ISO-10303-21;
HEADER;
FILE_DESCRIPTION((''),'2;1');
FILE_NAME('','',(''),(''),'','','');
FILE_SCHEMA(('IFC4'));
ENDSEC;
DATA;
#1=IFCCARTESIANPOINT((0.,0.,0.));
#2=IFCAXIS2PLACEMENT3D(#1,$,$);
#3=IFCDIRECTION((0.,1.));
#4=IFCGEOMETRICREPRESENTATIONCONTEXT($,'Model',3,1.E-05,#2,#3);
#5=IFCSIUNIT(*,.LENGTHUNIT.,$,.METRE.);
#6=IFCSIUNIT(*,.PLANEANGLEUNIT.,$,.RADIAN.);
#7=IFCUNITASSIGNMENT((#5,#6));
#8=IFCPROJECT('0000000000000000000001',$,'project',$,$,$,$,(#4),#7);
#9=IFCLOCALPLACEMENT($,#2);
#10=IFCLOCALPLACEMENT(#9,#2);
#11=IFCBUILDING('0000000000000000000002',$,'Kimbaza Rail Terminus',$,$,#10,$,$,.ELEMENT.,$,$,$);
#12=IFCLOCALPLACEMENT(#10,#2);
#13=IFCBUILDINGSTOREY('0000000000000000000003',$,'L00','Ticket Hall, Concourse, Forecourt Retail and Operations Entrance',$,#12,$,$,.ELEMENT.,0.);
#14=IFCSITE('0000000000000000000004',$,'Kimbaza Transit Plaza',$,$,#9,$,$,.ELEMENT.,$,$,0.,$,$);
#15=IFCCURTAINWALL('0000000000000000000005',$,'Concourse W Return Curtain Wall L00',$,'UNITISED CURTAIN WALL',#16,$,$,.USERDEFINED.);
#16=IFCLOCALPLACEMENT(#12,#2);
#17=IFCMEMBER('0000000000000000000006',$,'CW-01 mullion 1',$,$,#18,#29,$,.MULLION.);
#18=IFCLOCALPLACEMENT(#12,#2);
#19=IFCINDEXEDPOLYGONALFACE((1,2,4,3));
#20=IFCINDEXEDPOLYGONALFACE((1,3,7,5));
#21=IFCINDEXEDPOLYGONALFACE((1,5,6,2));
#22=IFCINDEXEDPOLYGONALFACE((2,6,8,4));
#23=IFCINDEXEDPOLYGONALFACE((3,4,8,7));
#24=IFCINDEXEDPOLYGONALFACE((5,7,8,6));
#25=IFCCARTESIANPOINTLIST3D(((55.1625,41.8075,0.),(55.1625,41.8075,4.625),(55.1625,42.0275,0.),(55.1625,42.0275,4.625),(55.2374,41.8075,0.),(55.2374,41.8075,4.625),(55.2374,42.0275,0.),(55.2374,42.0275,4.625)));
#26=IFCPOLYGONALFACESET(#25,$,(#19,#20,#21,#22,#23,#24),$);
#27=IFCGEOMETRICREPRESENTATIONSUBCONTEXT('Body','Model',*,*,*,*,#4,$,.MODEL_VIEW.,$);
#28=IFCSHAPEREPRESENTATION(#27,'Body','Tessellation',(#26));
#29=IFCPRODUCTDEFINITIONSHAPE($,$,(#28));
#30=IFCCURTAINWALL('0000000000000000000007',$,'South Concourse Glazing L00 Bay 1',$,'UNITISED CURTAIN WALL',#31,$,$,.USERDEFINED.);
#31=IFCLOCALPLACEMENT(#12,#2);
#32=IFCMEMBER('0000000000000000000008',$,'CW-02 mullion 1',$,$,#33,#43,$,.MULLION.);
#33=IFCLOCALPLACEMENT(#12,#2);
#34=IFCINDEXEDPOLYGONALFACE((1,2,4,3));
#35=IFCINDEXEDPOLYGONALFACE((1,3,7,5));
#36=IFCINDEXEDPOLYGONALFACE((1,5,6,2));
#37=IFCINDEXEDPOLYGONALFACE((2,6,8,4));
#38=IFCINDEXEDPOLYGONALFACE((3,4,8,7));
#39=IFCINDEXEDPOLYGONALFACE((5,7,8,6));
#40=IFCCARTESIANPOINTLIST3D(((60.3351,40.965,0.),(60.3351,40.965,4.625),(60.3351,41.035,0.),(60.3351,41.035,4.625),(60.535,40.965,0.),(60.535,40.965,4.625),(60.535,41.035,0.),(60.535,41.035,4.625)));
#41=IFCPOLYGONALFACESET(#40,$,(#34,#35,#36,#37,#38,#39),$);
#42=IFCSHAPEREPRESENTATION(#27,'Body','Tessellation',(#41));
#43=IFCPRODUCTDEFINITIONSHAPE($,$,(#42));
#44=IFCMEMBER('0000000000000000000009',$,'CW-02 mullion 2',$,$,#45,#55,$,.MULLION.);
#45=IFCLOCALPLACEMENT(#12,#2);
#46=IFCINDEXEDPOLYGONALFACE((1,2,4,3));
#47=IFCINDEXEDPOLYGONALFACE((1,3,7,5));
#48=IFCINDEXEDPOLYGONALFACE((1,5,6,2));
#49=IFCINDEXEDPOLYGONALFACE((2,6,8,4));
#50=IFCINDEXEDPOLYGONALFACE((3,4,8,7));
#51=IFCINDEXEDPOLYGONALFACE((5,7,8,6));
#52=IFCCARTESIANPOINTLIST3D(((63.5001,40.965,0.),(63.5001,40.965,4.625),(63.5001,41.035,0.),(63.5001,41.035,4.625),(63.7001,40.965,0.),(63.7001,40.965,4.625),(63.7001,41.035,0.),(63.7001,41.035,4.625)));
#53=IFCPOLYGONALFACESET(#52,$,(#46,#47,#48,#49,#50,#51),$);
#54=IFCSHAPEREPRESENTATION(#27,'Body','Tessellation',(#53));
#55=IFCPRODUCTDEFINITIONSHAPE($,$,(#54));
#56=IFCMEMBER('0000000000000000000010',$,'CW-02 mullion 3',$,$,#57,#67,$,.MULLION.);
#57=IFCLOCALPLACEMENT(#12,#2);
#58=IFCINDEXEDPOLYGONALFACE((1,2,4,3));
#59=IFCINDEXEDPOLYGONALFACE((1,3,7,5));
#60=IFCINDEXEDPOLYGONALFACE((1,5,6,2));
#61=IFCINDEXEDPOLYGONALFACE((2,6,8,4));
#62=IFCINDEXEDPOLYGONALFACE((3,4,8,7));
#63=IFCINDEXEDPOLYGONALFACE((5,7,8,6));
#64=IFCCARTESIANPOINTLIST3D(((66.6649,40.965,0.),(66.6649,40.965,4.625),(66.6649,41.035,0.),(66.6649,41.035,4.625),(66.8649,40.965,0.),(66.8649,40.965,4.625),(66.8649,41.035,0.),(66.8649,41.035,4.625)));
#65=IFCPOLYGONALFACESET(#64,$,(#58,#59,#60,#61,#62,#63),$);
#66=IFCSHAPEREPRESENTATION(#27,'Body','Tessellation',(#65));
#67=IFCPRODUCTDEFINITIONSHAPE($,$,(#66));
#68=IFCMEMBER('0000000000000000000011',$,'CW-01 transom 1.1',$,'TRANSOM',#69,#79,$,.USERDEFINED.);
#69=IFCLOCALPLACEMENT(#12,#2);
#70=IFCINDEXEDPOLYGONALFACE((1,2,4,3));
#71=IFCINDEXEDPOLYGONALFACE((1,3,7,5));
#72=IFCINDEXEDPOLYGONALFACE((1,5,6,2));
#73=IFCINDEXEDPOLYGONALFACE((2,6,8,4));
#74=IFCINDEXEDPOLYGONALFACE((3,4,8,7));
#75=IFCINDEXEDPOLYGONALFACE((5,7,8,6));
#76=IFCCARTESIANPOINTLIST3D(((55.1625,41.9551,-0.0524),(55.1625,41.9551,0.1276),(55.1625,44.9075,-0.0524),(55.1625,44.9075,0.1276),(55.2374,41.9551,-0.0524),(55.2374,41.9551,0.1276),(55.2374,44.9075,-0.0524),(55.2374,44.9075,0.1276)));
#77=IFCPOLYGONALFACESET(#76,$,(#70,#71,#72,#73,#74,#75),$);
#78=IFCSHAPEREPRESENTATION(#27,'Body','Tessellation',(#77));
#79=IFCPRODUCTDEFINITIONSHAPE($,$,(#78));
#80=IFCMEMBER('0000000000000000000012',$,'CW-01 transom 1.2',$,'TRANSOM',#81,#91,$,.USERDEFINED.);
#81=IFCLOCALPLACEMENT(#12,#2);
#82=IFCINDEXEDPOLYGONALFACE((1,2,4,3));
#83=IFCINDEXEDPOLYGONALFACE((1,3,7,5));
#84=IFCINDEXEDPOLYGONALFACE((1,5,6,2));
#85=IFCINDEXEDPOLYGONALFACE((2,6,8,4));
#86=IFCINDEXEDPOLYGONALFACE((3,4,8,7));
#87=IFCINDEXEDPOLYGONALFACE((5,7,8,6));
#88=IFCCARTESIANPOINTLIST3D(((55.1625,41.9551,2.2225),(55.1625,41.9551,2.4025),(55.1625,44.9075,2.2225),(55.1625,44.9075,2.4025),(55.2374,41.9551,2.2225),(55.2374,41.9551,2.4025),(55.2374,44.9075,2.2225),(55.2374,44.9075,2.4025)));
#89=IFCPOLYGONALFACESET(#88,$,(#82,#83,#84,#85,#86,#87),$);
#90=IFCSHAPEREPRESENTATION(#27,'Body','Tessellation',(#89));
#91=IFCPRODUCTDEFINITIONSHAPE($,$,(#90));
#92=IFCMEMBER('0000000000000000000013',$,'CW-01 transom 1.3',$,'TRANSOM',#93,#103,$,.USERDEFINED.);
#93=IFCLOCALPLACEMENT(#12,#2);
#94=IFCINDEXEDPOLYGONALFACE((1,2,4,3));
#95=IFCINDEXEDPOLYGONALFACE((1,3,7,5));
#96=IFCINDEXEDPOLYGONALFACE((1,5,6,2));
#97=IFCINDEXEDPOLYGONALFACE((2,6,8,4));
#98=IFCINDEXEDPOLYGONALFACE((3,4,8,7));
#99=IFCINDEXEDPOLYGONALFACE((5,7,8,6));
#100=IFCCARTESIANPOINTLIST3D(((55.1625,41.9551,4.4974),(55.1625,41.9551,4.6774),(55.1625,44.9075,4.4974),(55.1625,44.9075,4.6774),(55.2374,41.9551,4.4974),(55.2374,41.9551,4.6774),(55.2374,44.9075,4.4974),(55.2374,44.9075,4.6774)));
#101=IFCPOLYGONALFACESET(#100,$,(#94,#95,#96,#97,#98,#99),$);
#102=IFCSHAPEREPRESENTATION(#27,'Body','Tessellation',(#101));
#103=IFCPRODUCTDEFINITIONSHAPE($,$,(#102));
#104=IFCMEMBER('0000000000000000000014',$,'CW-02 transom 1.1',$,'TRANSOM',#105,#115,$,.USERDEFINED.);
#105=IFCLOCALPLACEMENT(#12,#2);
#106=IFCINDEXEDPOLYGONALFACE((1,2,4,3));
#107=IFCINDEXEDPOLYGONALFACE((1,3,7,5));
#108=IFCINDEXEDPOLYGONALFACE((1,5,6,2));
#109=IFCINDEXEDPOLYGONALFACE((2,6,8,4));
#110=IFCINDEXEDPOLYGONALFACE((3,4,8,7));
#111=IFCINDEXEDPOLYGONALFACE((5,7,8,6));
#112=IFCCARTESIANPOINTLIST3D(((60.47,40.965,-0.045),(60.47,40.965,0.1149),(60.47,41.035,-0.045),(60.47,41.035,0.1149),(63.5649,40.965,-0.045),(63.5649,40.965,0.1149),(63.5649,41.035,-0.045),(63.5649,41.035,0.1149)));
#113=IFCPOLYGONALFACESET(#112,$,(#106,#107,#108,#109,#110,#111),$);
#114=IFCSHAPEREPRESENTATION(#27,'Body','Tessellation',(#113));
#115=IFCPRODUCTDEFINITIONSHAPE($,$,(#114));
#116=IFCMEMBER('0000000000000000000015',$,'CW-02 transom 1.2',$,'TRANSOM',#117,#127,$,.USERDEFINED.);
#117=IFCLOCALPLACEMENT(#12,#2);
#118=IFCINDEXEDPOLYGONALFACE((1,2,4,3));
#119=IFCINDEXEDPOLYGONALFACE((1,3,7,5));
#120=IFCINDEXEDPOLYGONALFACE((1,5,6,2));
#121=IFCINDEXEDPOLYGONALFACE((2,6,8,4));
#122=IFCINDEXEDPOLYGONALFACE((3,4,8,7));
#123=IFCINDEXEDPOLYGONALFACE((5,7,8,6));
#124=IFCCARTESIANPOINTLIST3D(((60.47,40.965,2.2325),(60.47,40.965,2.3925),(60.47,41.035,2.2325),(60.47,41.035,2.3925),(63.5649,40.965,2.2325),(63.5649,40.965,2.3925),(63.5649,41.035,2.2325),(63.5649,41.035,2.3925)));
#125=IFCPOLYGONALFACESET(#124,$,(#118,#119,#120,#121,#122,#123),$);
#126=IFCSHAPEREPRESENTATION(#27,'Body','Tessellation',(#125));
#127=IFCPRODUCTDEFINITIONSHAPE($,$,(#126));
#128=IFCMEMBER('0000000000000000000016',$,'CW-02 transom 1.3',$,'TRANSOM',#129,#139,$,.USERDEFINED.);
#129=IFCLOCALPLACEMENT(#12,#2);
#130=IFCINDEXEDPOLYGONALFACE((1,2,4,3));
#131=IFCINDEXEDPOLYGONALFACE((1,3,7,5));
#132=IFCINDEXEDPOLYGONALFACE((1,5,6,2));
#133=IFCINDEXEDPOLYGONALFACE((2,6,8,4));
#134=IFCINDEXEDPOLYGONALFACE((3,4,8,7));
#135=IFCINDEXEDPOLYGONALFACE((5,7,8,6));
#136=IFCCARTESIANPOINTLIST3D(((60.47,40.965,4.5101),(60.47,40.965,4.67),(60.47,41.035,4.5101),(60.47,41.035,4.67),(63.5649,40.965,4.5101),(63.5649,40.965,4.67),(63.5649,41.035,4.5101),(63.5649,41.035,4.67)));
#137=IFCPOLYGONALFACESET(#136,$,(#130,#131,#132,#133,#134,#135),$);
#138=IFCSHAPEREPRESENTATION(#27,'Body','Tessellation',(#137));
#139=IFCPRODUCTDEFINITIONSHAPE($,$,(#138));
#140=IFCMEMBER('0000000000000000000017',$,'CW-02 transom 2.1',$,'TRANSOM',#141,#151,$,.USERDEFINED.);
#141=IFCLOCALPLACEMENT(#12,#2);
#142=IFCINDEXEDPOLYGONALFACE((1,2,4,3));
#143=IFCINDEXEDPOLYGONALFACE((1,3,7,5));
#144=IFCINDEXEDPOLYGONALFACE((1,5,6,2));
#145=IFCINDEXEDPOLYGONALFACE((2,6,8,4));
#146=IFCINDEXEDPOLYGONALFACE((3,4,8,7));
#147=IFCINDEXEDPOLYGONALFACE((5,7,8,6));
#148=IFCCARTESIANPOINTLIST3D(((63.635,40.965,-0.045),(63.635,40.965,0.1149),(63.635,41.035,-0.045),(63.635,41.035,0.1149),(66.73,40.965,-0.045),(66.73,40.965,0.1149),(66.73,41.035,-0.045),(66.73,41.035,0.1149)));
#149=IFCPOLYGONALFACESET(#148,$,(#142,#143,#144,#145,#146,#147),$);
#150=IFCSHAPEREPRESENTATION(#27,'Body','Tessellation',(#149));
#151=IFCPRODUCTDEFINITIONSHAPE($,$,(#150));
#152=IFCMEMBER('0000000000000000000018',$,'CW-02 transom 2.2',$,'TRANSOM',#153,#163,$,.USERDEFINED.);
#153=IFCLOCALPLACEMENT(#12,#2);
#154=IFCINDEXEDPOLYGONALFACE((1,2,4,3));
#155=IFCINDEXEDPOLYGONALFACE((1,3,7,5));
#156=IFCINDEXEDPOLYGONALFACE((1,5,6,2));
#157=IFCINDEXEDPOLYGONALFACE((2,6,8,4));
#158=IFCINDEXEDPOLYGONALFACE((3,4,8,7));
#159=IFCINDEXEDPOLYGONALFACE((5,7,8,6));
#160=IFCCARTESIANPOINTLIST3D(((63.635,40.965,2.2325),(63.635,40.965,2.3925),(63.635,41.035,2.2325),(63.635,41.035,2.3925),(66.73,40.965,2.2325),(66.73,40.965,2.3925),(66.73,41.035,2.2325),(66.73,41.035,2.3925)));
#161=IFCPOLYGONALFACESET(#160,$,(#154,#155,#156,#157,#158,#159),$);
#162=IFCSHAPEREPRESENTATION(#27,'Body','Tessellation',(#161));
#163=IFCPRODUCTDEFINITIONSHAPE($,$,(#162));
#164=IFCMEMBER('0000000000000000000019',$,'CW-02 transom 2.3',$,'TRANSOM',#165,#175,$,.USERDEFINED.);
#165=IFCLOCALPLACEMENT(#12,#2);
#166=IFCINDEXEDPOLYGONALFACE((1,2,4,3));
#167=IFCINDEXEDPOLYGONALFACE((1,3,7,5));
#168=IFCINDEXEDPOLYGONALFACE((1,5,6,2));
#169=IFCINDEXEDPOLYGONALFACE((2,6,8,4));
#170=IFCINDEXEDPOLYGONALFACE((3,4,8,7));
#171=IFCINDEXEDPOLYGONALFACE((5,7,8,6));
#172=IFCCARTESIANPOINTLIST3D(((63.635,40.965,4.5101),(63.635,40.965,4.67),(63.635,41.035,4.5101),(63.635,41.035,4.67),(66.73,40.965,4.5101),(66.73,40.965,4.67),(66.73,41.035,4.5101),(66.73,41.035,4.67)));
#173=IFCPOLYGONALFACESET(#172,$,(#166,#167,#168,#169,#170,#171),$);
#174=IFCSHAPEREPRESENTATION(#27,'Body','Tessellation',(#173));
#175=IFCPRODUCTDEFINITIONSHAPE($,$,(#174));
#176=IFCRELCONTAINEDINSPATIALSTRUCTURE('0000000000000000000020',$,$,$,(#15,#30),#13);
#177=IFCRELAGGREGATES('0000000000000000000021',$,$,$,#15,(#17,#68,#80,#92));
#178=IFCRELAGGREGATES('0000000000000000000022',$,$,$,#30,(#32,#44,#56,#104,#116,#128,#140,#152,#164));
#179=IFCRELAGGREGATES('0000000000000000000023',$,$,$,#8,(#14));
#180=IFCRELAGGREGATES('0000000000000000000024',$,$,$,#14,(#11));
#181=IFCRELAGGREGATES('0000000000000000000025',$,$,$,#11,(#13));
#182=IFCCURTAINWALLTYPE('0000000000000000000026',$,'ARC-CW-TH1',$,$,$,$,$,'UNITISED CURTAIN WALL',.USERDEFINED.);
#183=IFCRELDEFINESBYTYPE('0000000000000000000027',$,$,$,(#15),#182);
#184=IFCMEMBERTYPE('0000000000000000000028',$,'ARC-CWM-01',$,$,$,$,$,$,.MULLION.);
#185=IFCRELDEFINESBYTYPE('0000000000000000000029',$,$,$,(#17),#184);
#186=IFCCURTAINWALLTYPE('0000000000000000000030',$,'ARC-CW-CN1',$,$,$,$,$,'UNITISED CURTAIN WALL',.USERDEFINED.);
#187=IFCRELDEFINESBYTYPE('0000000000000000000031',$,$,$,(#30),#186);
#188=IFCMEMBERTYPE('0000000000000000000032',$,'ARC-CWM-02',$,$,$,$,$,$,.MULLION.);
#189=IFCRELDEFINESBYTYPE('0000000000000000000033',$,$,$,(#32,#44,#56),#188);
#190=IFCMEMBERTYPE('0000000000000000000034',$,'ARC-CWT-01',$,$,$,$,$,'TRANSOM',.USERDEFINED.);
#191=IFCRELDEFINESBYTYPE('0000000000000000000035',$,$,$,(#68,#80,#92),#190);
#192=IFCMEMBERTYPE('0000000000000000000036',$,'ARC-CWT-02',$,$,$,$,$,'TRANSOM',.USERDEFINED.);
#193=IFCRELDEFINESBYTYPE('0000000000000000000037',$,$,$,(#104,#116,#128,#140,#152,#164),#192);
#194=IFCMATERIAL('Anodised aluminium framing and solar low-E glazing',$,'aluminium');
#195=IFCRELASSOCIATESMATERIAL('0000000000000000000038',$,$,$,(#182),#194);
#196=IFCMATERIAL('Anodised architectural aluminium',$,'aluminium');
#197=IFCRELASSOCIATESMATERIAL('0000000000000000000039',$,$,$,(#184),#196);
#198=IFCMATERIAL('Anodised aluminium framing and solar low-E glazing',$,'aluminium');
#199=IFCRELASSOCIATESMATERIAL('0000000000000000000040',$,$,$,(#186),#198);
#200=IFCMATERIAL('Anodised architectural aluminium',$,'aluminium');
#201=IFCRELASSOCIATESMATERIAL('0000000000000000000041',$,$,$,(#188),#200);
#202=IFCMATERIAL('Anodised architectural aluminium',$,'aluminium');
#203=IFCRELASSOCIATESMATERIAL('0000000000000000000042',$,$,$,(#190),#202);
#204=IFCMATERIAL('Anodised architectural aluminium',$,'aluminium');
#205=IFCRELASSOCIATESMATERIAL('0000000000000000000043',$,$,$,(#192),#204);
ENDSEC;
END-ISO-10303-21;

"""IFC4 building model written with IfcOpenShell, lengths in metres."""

from ifc_helpers import new_model, si_unit, direction, frame, origin, origin_2d, place, context, subcontext, project, spatial, rectangle, extrude, material, material_profile, profile_set, type_object, element, aggregate, save


model = new_model("IFC4")

# Units and contexts
model_context = context("Model", 3, precision=1e-05, world=origin(), true_north=direction((0.0, 1.0)))
body_context = subcontext(model_context, "Body", "Model", "MODEL_VIEW")
ifc_project = project(units=[si_unit("LENGTHUNIT", "METRE"), si_unit("PLANEANGLEUNIT", "RADIAN")], contexts=[model_context])

# Site, building, storey
site_placement = place(None, origin())
site = spatial("IfcSite", under=ifc_project, at=site_placement, Name="Kimbaza Transit Plaza", CompositionType="ELEMENT", RefElevation=0.0)
building_placement = place(site_placement, origin())
building = spatial("IfcBuilding", under=site, at=building_placement, Name="Kimbaza Rail Terminus", CompositionType="ELEMENT")
storey_placement = place(building_placement, origin())
storey = spatial("IfcBuildingStorey", under=building, at=storey_placement, Name="L00", Description="Ticket Hall, Concourse, Forecourt Retail and Operations Entrance", CompositionType="ELEMENT", Elevation=0.0)

# Curtain wall, member
ifc_material_1 = material(Name="Anodised aluminium framing and solar low-E glazing", Category="aluminium")
curtain_wall_type_1 = type_object("IfcCurtainWallType", Name="ARC-CW-TH1", ElementType="UNITISED CURTAIN WALL", PredefinedType="USERDEFINED", material=ifc_material_1)
curtain_wall_1_placement = place(storey_placement, origin())
curtain_wall_1 = element("IfcCurtainWall", 1, at=curtain_wall_1_placement, inside=storey, type_object=curtain_wall_type_1, Name="Concourse W Return Curtain Wall L00", ObjectType="UNITISED CURTAIN WALL", PredefinedType="USERDEFINED")
ifc_material_2 = material(Name="Anodised architectural aluminium", Category="aluminium")
ifc_material_profile_1 = material_profile(ifc_material_2, rectangle(XDim=0.075, YDim=0.22, at=origin_2d()), Name="MULLION 75x220")
ifc_profile_set_1 = profile_set([ifc_material_profile_1], Name="Anodised architectural aluminium")
member_type_1 = type_object("IfcMemberType", Name="ARC-CWM-01", PredefinedType="MULLION", material=ifc_profile_set_1)
member_1_placement = place(storey_placement, frame((55.2, 41.9175, 0.0), z_axis=(0.0, 0.0, 1.0), x_axis=(-1.0, 0.0, 0.0)))
member_1 = element("IfcMember", 2, at=member_1_placement, type_object=member_type_1, Name="CW-01 mullion 1", PredefinedType="MULLION", context=body_context, shape_type="SweptSolid", body=[
    extrude(rectangle(XDim=0.075, YDim=0.22, at=origin_2d()), origin(), (0.0, 0.0, 1.0), 4.625),
])

# Curtain wall, members
ifc_material_3 = material(Name="Anodised aluminium framing and solar low-E glazing", Category="aluminium")
curtain_wall_type_2 = type_object("IfcCurtainWallType", Name="ARC-CW-CN1", ElementType="UNITISED CURTAIN WALL", PredefinedType="USERDEFINED", material=ifc_material_3)
curtain_wall_2_placement = place(storey_placement, origin())
curtain_wall_2 = element("IfcCurtainWall", 3, at=curtain_wall_2_placement, inside=storey, type_object=curtain_wall_type_2, Name="South Concourse Glazing L00 Bay 1", ObjectType="UNITISED CURTAIN WALL", PredefinedType="USERDEFINED")
ifc_material_4 = material(Name="Anodised architectural aluminium", Category="aluminium")
ifc_material_profile_2 = material_profile(ifc_material_4, rectangle(XDim=0.0701, YDim=0.2, at=origin_2d()), Name="MULLION 70x200")
ifc_profile_set_2 = profile_set([ifc_material_profile_2], Name="Anodised architectural aluminium")
member_type_2 = type_object("IfcMemberType", Name="ARC-CWM-02", PredefinedType="MULLION", material=ifc_profile_set_2)
member_2_placement = place(storey_placement, frame((60.4351, 41.0, 0.0), z_axis=(0.0, 0.0, 1.0), x_axis=(0.0, 1.0, 0.0)))
member_2 = element("IfcMember", 4, at=member_2_placement, type_object=member_type_2, Name="CW-02 mullion 1", PredefinedType="MULLION", context=body_context, shape_type="SweptSolid", body=[
    extrude(rectangle(XDim=0.0701, YDim=0.2, at=origin_2d()), origin(), (0.0, 0.0, 1.0), 4.625),
])
member_3_placement = place(storey_placement, frame((63.6001, 41.0, 0.0), z_axis=(0.0, 0.0, 1.0), x_axis=(0.0, 1.0, 0.0)))
member_3 = element("IfcMember", 5, at=member_3_placement, type_object=member_type_2, Name="CW-02 mullion 2", PredefinedType="MULLION", context=body_context, shape_type="SweptSolid", body=[
    extrude(rectangle(XDim=0.0701, YDim=0.2, at=origin_2d()), origin(), (0.0, 0.0, 1.0), 4.625),
])
member_4_placement = place(storey_placement, frame((66.7649, 41.0, 0.0), z_axis=(0.0, 0.0, 1.0), x_axis=(0.0, 1.0, 0.0)))
member_4 = element("IfcMember", 6, at=member_4_placement, type_object=member_type_2, Name="CW-02 mullion 3", PredefinedType="MULLION", context=body_context, shape_type="SweptSolid", body=[
    extrude(rectangle(XDim=0.0701, YDim=0.2, at=origin_2d()), origin(), (0.0, 0.0, 1.0), 4.625),
])

# Members
ifc_material_5 = material(Name="Anodised architectural aluminium", Category="aluminium")
ifc_material_profile_3 = material_profile(ifc_material_5, rectangle(XDim=0.075, YDim=0.1799, at=origin_2d()), Name="TRANSOM 75x180")
ifc_profile_set_3 = profile_set([ifc_material_profile_3], Name="Anodised architectural aluminium")
member_type_3 = type_object("IfcMemberType", Name="ARC-CWT-01", ElementType="TRANSOM", PredefinedType="USERDEFINED", material=ifc_profile_set_3)
member_5_placement = place(storey_placement, frame((55.2, 41.9551, 0.0376), z_axis=(0.0, 1.0, 0.0), x_axis=(-1.0, 0.0, 0.0)))
member_5 = element("IfcMember", 7, at=member_5_placement, type_object=member_type_3, Name="CW-01 transom 1.1", ObjectType="TRANSOM", PredefinedType="USERDEFINED", context=body_context, shape_type="SweptSolid", body=[
    extrude(rectangle(XDim=0.075, YDim=0.1799, at=origin_2d()), origin(), (0.0, 0.0, 1.0), 2.9524),
])
member_6_placement = place(storey_placement, frame((55.2, 41.9551, 2.3125), z_axis=(0.0, 1.0, 0.0), x_axis=(-1.0, 0.0, 0.0)))
member_6 = element("IfcMember", 8, at=member_6_placement, type_object=member_type_3, Name="CW-01 transom 1.2", ObjectType="TRANSOM", PredefinedType="USERDEFINED", context=body_context, shape_type="SweptSolid", body=[
    extrude(rectangle(XDim=0.075, YDim=0.1799, at=origin_2d()), origin(), (0.0, 0.0, 1.0), 2.9524),
])
member_7_placement = place(storey_placement, frame((55.2, 41.9551, 4.5874), z_axis=(0.0, 1.0, 0.0), x_axis=(-1.0, 0.0, 0.0)))
member_7 = element("IfcMember", 9, at=member_7_placement, type_object=member_type_3, Name="CW-01 transom 1.3", ObjectType="TRANSOM", PredefinedType="USERDEFINED", context=body_context, shape_type="SweptSolid", body=[
    extrude(rectangle(XDim=0.075, YDim=0.1799, at=origin_2d()), origin(), (0.0, 0.0, 1.0), 2.9524),
])
ifc_material_6 = material(Name="Anodised architectural aluminium", Category="aluminium")
ifc_material_profile_4 = material_profile(ifc_material_6, rectangle(XDim=0.0701, YDim=0.1599, at=origin_2d()), Name="TRANSOM 70x160")
ifc_profile_set_4 = profile_set([ifc_material_profile_4], Name="Anodised architectural aluminium")
member_type_4 = type_object("IfcMemberType", Name="ARC-CWT-02", ElementType="TRANSOM", PredefinedType="USERDEFINED", material=ifc_profile_set_4)
member_8_placement = place(storey_placement, frame((60.47, 41.0, 0.0349), z_axis=(1.0, 0.0, 0.0), x_axis=(0.0, 1.0, 0.0)))
member_8 = element("IfcMember", 10, at=member_8_placement, type_object=member_type_4, Name="CW-02 transom 1.1", ObjectType="TRANSOM", PredefinedType="USERDEFINED", context=body_context, shape_type="SweptSolid", body=[
    extrude(rectangle(XDim=0.0701, YDim=0.1599, at=origin_2d()), origin(), (0.0, 0.0, 1.0), 3.095),
])
member_9_placement = place(storey_placement, frame((60.47, 41.0, 2.3125), z_axis=(1.0, 0.0, 0.0), x_axis=(0.0, 1.0, 0.0)))
member_9 = element("IfcMember", 11, at=member_9_placement, type_object=member_type_4, Name="CW-02 transom 1.2", ObjectType="TRANSOM", PredefinedType="USERDEFINED", context=body_context, shape_type="SweptSolid", body=[
    extrude(rectangle(XDim=0.0701, YDim=0.1599, at=origin_2d()), origin(), (0.0, 0.0, 1.0), 3.095),
])
member_10_placement = place(storey_placement, frame((60.47, 41.0, 4.5901), z_axis=(1.0, 0.0, 0.0), x_axis=(0.0, 1.0, 0.0)))
member_10 = element("IfcMember", 12, at=member_10_placement, type_object=member_type_4, Name="CW-02 transom 1.3", ObjectType="TRANSOM", PredefinedType="USERDEFINED", context=body_context, shape_type="SweptSolid", body=[
    extrude(rectangle(XDim=0.0701, YDim=0.1599, at=origin_2d()), origin(), (0.0, 0.0, 1.0), 3.095),
])
member_11_placement = place(storey_placement, frame((63.635, 41.0, 0.0349), z_axis=(1.0, 0.0, 0.0), x_axis=(0.0, 1.0, 0.0)))
member_11 = element("IfcMember", 13, at=member_11_placement, type_object=member_type_4, Name="CW-02 transom 2.1", ObjectType="TRANSOM", PredefinedType="USERDEFINED", context=body_context, shape_type="SweptSolid", body=[
    extrude(rectangle(XDim=0.0701, YDim=0.1599, at=origin_2d()), origin(), (0.0, 0.0, 1.0), 3.095),
])
member_12_placement = place(storey_placement, frame((63.635, 41.0, 2.3125), z_axis=(1.0, 0.0, 0.0), x_axis=(0.0, 1.0, 0.0)))
member_12 = element("IfcMember", 14, at=member_12_placement, type_object=member_type_4, Name="CW-02 transom 2.2", ObjectType="TRANSOM", PredefinedType="USERDEFINED", context=body_context, shape_type="SweptSolid", body=[
    extrude(rectangle(XDim=0.0701, YDim=0.1599, at=origin_2d()), origin(), (0.0, 0.0, 1.0), 3.095),
])
member_13_placement = place(storey_placement, frame((63.635, 41.0, 4.5901), z_axis=(1.0, 0.0, 0.0), x_axis=(0.0, 1.0, 0.0)))
member_13 = element("IfcMember", 15, at=member_13_placement, type_object=member_type_4, Name="CW-02 transom 2.3", ObjectType="TRANSOM", PredefinedType="USERDEFINED", context=body_context, shape_type="SweptSolid", body=[
    extrude(rectangle(XDim=0.0701, YDim=0.1599, at=origin_2d()), origin(), (0.0, 0.0, 1.0), 3.095),
])

aggregate(curtain_wall_1, [member_1, member_5, member_6, member_7])
aggregate(curtain_wall_2, [member_2, member_3, member_4, member_8, member_9, member_10, member_11, member_12, member_13])

save(model, "model.ifc")
